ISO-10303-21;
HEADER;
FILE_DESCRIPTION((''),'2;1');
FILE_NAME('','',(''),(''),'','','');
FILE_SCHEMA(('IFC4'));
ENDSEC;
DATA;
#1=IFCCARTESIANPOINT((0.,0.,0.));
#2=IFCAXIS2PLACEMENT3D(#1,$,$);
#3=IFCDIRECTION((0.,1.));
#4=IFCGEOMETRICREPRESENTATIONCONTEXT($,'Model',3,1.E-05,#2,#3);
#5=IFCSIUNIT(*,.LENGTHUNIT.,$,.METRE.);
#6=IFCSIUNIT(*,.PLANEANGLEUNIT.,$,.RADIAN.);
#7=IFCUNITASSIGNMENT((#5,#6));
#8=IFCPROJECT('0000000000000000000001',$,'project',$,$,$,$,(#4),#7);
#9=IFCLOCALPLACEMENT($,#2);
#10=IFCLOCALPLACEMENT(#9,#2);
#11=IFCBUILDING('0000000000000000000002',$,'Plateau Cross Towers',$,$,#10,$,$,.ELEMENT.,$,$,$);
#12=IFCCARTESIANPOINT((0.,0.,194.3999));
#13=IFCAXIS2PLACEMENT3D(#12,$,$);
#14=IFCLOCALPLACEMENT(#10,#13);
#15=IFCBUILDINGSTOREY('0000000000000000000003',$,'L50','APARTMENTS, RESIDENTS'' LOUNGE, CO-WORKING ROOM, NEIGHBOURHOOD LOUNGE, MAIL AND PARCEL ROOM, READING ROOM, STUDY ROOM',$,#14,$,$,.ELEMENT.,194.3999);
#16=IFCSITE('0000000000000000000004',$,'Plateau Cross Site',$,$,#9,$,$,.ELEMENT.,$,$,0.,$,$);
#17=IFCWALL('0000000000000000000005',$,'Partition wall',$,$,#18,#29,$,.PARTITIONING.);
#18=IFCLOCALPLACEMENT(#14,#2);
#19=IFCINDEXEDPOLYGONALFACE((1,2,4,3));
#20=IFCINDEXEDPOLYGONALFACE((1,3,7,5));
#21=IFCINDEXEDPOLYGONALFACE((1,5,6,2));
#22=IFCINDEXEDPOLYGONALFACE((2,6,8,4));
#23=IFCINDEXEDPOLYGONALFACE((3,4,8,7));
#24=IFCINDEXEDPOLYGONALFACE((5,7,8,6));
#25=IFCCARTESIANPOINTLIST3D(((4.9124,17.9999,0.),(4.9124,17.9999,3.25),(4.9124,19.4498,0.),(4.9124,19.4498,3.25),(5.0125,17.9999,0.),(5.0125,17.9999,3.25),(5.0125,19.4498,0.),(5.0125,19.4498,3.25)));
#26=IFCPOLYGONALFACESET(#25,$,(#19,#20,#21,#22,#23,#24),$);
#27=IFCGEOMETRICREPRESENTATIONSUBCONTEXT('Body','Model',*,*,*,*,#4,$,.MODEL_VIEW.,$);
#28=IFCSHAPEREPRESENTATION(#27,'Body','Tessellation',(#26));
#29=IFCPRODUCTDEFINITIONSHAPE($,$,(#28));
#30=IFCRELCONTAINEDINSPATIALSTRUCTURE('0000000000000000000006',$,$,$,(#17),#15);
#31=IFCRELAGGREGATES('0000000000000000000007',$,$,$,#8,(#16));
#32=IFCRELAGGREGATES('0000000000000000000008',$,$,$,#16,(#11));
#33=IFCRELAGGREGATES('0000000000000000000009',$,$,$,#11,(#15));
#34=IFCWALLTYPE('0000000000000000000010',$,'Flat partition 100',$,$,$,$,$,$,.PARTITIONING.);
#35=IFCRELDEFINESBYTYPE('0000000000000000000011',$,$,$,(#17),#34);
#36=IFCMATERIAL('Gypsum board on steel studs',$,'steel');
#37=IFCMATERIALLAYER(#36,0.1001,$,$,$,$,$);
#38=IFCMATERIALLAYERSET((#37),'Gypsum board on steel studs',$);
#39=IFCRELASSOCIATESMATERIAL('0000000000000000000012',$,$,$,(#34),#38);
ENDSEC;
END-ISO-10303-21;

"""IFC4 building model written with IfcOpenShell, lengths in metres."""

from ifc_helpers import new_model, si_unit, direction, frame, frame_2d, origin, place, context, subcontext, project, spatial, rectangle, extrude, material, layer, layer_set, type_object, element, save


model = new_model("IFC4")

# Units and contexts
model_context = context("Model", 3, precision=1e-05, world=origin(), true_north=direction((0.0, 1.0)))
body_context = subcontext(model_context, "Body", "Model", "MODEL_VIEW")
ifc_project = project(units=[si_unit("LENGTHUNIT", "METRE"), si_unit("PLANEANGLEUNIT", "RADIAN")], contexts=[model_context])

# Site, building, storey
site_placement = place(None, origin())
site = spatial("IfcSite", under=ifc_project, at=site_placement, Name="Plateau Cross Site", CompositionType="ELEMENT", RefElevation=0.0)
building_placement = place(site_placement, origin())
building = spatial("IfcBuilding", under=site, at=building_placement, Name="Plateau Cross Towers", CompositionType="ELEMENT")
storey_placement = place(building_placement, frame((0.0, 0.0, 194.3999)))
storey = spatial("IfcBuildingStorey", under=building, at=storey_placement, Name="L50", Description="APARTMENTS, RESIDENTS' LOUNGE, CO-WORKING ROOM, NEIGHBOURHOOD LOUNGE, MAIL AND PARCEL ROOM, READING ROOM, STUDY ROOM", CompositionType="ELEMENT", Elevation=194.3999)

# Shared definitions
ifc_material_1 = material(Name="Gypsum board on steel studs", Category="steel")
ifc_layer_1 = layer(ifc_material_1, 0.1001)
ifc_layer_set_1 = layer_set([ifc_layer_1], Name="Gypsum board on steel studs")
wall_type_1 = type_object("IfcWallType", Name="Flat partition 100", PredefinedType="PARTITIONING", material=ifc_layer_set_1)

# Wall
wall_1_placement = place(storey_placement, frame((4.9624, 19.45, 0.0), z_axis=(0.0, 0.0, 1.0), x_axis=(0.0, -1.0, 0.0)))
element("IfcWall", 1, at=wall_1_placement, inside=storey, type_object=wall_type_1, Name="Partition wall", PredefinedType="PARTITIONING", context=body_context, shape_type="SweptSolid", body=[
    extrude(rectangle(XDim=1.45, YDim=0.1001, at=frame_2d((0.7251, 0.0))), origin(), (0.0, 0.0, 1.0), 3.25),
])

save(model, "model.ifc")
